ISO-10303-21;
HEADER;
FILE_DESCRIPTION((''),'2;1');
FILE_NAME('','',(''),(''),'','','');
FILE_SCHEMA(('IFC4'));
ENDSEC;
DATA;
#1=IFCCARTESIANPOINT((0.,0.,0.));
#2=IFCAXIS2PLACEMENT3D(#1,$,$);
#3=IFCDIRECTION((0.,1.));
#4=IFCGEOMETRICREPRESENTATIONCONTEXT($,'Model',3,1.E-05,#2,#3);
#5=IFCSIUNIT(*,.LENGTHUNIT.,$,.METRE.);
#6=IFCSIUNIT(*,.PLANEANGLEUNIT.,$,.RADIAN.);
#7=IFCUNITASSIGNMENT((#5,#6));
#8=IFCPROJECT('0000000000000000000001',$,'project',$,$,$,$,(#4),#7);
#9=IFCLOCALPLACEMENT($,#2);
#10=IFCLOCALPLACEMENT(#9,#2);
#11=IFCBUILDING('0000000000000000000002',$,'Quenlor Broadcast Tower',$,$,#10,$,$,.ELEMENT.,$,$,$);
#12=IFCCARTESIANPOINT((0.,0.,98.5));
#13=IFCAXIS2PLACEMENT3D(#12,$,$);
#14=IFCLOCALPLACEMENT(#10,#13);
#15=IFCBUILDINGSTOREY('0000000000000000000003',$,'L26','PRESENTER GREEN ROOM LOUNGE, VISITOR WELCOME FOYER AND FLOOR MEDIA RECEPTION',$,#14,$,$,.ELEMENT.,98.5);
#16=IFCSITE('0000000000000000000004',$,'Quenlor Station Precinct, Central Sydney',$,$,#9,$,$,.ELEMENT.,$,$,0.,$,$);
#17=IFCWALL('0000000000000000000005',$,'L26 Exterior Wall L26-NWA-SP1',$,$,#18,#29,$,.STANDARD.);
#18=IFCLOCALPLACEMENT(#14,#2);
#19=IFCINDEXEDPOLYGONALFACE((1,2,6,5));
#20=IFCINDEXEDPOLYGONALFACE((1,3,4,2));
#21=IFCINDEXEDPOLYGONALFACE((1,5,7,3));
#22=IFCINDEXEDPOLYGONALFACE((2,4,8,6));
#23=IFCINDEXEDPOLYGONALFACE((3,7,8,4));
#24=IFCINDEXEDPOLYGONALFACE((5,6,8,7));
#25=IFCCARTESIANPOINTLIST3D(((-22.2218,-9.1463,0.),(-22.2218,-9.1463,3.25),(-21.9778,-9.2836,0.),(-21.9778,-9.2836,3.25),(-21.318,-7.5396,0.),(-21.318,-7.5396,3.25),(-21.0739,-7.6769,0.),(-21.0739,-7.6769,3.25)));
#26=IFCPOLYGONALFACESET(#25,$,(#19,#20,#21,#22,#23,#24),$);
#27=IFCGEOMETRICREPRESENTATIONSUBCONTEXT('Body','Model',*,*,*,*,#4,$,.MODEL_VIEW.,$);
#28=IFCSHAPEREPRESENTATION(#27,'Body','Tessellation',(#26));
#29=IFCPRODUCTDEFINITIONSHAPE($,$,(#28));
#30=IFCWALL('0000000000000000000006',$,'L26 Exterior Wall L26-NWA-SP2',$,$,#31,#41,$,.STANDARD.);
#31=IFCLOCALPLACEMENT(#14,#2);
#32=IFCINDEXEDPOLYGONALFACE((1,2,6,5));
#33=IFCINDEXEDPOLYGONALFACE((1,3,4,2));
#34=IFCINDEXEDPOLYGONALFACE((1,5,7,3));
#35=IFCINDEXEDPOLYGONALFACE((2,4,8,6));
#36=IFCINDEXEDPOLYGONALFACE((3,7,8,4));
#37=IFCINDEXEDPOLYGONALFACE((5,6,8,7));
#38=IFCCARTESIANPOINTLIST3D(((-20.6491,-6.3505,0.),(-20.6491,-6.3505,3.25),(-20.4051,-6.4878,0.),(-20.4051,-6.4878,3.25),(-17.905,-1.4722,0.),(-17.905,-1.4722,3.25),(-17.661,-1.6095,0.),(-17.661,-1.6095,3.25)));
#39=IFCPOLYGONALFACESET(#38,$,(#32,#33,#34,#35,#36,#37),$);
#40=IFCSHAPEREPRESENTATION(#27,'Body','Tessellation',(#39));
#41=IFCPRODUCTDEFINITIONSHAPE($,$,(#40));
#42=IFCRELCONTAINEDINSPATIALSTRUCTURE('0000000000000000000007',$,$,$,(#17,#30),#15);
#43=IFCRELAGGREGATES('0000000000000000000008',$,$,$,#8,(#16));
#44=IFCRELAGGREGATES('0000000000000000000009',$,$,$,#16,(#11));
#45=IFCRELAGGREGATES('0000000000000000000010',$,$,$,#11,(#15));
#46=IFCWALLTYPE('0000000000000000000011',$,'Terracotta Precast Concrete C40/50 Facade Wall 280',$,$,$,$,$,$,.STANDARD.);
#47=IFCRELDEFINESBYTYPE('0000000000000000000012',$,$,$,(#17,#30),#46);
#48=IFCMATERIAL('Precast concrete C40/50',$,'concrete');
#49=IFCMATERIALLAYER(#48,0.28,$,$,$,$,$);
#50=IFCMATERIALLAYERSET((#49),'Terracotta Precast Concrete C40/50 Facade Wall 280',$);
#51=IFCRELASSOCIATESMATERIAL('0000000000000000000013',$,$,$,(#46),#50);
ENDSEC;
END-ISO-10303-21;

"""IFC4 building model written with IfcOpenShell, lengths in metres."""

from ifc_helpers import new_model, si_unit, direction, frame, frame_2d, origin, place, context, subcontext, project, spatial, rectangle, extrude, material, layer, layer_set, type_object, element, save


model = new_model("IFC4")

# Units and contexts
model_context = context("Model", 3, precision=1e-05, world=origin(), true_north=direction((0.0, 1.0)))
body_context = subcontext(model_context, "Body", "Model", "MODEL_VIEW")
ifc_project = project(units=[si_unit("LENGTHUNIT", "METRE"), si_unit("PLANEANGLEUNIT", "RADIAN")], contexts=[model_context])

# Site, building, storey
site_placement = place(None, origin())
site = spatial("IfcSite", under=ifc_project, at=site_placement, Name="Quenlor Station Precinct, Central Sydney", CompositionType="ELEMENT", RefElevation=0.0)
building_placement = place(site_placement, origin())
building = spatial("IfcBuilding", under=site, at=building_placement, Name="Quenlor Broadcast Tower", CompositionType="ELEMENT")
storey_placement = place(building_placement, frame((0.0, 0.0, 98.5)))
storey = spatial("IfcBuildingStorey", under=building, at=storey_placement, Name="L26", Description="PRESENTER GREEN ROOM LOUNGE, VISITOR WELCOME FOYER AND FLOOR MEDIA RECEPTION", CompositionType="ELEMENT", Elevation=98.5)

# Walls
ifc_material_1 = material(Name="Precast concrete C40/50", Category="concrete")
ifc_layer_1 = layer(ifc_material_1, 0.28)
ifc_layer_set_1 = layer_set([ifc_layer_1], Name="Terracotta Precast Concrete C40/50 Facade Wall 280")
wall_type_1 = type_object("IfcWallType", Name="Terracotta Precast Concrete C40/50 Facade Wall 280", PredefinedType="STANDARD", material=ifc_layer_set_1)
wall_1_placement = place(storey_placement, frame((-22.0999, -9.2151, 0.0), z_axis=(0.0, 0.0, 1.0), x_axis=(0.49028, 0.871565, 0.0)))
element("IfcWall", 1, at=wall_1_placement, inside=storey, type_object=wall_type_1, Name="L26 Exterior Wall L26-NWA-SP1", PredefinedType="STANDARD", context=body_context, shape_type="SweptSolid", body=[
    extrude(rectangle(XDim=1.8435, YDim=0.28, at=frame_2d((0.9219, 0.0))), origin(), (0.0, 0.0, 1.0), 3.25),
])
wall_2_placement = place(storey_placement, frame((-20.5271, -6.4192, 0.0), z_axis=(0.0, 0.0, 1.0), x_axis=(0.490265, 0.871573, 0.0)))
element("IfcWall", 2, at=wall_2_placement, inside=storey, type_object=wall_type_1, Name="L26 Exterior Wall L26-NWA-SP2", PredefinedType="STANDARD", context=body_context, shape_type="SweptSolid", body=[
    extrude(rectangle(XDim=5.5972, YDim=0.28, at=frame_2d((2.7986, 0.0))), origin(), (0.0, 0.0, 1.0), 3.25),
])

save(model, "model.ifc")
